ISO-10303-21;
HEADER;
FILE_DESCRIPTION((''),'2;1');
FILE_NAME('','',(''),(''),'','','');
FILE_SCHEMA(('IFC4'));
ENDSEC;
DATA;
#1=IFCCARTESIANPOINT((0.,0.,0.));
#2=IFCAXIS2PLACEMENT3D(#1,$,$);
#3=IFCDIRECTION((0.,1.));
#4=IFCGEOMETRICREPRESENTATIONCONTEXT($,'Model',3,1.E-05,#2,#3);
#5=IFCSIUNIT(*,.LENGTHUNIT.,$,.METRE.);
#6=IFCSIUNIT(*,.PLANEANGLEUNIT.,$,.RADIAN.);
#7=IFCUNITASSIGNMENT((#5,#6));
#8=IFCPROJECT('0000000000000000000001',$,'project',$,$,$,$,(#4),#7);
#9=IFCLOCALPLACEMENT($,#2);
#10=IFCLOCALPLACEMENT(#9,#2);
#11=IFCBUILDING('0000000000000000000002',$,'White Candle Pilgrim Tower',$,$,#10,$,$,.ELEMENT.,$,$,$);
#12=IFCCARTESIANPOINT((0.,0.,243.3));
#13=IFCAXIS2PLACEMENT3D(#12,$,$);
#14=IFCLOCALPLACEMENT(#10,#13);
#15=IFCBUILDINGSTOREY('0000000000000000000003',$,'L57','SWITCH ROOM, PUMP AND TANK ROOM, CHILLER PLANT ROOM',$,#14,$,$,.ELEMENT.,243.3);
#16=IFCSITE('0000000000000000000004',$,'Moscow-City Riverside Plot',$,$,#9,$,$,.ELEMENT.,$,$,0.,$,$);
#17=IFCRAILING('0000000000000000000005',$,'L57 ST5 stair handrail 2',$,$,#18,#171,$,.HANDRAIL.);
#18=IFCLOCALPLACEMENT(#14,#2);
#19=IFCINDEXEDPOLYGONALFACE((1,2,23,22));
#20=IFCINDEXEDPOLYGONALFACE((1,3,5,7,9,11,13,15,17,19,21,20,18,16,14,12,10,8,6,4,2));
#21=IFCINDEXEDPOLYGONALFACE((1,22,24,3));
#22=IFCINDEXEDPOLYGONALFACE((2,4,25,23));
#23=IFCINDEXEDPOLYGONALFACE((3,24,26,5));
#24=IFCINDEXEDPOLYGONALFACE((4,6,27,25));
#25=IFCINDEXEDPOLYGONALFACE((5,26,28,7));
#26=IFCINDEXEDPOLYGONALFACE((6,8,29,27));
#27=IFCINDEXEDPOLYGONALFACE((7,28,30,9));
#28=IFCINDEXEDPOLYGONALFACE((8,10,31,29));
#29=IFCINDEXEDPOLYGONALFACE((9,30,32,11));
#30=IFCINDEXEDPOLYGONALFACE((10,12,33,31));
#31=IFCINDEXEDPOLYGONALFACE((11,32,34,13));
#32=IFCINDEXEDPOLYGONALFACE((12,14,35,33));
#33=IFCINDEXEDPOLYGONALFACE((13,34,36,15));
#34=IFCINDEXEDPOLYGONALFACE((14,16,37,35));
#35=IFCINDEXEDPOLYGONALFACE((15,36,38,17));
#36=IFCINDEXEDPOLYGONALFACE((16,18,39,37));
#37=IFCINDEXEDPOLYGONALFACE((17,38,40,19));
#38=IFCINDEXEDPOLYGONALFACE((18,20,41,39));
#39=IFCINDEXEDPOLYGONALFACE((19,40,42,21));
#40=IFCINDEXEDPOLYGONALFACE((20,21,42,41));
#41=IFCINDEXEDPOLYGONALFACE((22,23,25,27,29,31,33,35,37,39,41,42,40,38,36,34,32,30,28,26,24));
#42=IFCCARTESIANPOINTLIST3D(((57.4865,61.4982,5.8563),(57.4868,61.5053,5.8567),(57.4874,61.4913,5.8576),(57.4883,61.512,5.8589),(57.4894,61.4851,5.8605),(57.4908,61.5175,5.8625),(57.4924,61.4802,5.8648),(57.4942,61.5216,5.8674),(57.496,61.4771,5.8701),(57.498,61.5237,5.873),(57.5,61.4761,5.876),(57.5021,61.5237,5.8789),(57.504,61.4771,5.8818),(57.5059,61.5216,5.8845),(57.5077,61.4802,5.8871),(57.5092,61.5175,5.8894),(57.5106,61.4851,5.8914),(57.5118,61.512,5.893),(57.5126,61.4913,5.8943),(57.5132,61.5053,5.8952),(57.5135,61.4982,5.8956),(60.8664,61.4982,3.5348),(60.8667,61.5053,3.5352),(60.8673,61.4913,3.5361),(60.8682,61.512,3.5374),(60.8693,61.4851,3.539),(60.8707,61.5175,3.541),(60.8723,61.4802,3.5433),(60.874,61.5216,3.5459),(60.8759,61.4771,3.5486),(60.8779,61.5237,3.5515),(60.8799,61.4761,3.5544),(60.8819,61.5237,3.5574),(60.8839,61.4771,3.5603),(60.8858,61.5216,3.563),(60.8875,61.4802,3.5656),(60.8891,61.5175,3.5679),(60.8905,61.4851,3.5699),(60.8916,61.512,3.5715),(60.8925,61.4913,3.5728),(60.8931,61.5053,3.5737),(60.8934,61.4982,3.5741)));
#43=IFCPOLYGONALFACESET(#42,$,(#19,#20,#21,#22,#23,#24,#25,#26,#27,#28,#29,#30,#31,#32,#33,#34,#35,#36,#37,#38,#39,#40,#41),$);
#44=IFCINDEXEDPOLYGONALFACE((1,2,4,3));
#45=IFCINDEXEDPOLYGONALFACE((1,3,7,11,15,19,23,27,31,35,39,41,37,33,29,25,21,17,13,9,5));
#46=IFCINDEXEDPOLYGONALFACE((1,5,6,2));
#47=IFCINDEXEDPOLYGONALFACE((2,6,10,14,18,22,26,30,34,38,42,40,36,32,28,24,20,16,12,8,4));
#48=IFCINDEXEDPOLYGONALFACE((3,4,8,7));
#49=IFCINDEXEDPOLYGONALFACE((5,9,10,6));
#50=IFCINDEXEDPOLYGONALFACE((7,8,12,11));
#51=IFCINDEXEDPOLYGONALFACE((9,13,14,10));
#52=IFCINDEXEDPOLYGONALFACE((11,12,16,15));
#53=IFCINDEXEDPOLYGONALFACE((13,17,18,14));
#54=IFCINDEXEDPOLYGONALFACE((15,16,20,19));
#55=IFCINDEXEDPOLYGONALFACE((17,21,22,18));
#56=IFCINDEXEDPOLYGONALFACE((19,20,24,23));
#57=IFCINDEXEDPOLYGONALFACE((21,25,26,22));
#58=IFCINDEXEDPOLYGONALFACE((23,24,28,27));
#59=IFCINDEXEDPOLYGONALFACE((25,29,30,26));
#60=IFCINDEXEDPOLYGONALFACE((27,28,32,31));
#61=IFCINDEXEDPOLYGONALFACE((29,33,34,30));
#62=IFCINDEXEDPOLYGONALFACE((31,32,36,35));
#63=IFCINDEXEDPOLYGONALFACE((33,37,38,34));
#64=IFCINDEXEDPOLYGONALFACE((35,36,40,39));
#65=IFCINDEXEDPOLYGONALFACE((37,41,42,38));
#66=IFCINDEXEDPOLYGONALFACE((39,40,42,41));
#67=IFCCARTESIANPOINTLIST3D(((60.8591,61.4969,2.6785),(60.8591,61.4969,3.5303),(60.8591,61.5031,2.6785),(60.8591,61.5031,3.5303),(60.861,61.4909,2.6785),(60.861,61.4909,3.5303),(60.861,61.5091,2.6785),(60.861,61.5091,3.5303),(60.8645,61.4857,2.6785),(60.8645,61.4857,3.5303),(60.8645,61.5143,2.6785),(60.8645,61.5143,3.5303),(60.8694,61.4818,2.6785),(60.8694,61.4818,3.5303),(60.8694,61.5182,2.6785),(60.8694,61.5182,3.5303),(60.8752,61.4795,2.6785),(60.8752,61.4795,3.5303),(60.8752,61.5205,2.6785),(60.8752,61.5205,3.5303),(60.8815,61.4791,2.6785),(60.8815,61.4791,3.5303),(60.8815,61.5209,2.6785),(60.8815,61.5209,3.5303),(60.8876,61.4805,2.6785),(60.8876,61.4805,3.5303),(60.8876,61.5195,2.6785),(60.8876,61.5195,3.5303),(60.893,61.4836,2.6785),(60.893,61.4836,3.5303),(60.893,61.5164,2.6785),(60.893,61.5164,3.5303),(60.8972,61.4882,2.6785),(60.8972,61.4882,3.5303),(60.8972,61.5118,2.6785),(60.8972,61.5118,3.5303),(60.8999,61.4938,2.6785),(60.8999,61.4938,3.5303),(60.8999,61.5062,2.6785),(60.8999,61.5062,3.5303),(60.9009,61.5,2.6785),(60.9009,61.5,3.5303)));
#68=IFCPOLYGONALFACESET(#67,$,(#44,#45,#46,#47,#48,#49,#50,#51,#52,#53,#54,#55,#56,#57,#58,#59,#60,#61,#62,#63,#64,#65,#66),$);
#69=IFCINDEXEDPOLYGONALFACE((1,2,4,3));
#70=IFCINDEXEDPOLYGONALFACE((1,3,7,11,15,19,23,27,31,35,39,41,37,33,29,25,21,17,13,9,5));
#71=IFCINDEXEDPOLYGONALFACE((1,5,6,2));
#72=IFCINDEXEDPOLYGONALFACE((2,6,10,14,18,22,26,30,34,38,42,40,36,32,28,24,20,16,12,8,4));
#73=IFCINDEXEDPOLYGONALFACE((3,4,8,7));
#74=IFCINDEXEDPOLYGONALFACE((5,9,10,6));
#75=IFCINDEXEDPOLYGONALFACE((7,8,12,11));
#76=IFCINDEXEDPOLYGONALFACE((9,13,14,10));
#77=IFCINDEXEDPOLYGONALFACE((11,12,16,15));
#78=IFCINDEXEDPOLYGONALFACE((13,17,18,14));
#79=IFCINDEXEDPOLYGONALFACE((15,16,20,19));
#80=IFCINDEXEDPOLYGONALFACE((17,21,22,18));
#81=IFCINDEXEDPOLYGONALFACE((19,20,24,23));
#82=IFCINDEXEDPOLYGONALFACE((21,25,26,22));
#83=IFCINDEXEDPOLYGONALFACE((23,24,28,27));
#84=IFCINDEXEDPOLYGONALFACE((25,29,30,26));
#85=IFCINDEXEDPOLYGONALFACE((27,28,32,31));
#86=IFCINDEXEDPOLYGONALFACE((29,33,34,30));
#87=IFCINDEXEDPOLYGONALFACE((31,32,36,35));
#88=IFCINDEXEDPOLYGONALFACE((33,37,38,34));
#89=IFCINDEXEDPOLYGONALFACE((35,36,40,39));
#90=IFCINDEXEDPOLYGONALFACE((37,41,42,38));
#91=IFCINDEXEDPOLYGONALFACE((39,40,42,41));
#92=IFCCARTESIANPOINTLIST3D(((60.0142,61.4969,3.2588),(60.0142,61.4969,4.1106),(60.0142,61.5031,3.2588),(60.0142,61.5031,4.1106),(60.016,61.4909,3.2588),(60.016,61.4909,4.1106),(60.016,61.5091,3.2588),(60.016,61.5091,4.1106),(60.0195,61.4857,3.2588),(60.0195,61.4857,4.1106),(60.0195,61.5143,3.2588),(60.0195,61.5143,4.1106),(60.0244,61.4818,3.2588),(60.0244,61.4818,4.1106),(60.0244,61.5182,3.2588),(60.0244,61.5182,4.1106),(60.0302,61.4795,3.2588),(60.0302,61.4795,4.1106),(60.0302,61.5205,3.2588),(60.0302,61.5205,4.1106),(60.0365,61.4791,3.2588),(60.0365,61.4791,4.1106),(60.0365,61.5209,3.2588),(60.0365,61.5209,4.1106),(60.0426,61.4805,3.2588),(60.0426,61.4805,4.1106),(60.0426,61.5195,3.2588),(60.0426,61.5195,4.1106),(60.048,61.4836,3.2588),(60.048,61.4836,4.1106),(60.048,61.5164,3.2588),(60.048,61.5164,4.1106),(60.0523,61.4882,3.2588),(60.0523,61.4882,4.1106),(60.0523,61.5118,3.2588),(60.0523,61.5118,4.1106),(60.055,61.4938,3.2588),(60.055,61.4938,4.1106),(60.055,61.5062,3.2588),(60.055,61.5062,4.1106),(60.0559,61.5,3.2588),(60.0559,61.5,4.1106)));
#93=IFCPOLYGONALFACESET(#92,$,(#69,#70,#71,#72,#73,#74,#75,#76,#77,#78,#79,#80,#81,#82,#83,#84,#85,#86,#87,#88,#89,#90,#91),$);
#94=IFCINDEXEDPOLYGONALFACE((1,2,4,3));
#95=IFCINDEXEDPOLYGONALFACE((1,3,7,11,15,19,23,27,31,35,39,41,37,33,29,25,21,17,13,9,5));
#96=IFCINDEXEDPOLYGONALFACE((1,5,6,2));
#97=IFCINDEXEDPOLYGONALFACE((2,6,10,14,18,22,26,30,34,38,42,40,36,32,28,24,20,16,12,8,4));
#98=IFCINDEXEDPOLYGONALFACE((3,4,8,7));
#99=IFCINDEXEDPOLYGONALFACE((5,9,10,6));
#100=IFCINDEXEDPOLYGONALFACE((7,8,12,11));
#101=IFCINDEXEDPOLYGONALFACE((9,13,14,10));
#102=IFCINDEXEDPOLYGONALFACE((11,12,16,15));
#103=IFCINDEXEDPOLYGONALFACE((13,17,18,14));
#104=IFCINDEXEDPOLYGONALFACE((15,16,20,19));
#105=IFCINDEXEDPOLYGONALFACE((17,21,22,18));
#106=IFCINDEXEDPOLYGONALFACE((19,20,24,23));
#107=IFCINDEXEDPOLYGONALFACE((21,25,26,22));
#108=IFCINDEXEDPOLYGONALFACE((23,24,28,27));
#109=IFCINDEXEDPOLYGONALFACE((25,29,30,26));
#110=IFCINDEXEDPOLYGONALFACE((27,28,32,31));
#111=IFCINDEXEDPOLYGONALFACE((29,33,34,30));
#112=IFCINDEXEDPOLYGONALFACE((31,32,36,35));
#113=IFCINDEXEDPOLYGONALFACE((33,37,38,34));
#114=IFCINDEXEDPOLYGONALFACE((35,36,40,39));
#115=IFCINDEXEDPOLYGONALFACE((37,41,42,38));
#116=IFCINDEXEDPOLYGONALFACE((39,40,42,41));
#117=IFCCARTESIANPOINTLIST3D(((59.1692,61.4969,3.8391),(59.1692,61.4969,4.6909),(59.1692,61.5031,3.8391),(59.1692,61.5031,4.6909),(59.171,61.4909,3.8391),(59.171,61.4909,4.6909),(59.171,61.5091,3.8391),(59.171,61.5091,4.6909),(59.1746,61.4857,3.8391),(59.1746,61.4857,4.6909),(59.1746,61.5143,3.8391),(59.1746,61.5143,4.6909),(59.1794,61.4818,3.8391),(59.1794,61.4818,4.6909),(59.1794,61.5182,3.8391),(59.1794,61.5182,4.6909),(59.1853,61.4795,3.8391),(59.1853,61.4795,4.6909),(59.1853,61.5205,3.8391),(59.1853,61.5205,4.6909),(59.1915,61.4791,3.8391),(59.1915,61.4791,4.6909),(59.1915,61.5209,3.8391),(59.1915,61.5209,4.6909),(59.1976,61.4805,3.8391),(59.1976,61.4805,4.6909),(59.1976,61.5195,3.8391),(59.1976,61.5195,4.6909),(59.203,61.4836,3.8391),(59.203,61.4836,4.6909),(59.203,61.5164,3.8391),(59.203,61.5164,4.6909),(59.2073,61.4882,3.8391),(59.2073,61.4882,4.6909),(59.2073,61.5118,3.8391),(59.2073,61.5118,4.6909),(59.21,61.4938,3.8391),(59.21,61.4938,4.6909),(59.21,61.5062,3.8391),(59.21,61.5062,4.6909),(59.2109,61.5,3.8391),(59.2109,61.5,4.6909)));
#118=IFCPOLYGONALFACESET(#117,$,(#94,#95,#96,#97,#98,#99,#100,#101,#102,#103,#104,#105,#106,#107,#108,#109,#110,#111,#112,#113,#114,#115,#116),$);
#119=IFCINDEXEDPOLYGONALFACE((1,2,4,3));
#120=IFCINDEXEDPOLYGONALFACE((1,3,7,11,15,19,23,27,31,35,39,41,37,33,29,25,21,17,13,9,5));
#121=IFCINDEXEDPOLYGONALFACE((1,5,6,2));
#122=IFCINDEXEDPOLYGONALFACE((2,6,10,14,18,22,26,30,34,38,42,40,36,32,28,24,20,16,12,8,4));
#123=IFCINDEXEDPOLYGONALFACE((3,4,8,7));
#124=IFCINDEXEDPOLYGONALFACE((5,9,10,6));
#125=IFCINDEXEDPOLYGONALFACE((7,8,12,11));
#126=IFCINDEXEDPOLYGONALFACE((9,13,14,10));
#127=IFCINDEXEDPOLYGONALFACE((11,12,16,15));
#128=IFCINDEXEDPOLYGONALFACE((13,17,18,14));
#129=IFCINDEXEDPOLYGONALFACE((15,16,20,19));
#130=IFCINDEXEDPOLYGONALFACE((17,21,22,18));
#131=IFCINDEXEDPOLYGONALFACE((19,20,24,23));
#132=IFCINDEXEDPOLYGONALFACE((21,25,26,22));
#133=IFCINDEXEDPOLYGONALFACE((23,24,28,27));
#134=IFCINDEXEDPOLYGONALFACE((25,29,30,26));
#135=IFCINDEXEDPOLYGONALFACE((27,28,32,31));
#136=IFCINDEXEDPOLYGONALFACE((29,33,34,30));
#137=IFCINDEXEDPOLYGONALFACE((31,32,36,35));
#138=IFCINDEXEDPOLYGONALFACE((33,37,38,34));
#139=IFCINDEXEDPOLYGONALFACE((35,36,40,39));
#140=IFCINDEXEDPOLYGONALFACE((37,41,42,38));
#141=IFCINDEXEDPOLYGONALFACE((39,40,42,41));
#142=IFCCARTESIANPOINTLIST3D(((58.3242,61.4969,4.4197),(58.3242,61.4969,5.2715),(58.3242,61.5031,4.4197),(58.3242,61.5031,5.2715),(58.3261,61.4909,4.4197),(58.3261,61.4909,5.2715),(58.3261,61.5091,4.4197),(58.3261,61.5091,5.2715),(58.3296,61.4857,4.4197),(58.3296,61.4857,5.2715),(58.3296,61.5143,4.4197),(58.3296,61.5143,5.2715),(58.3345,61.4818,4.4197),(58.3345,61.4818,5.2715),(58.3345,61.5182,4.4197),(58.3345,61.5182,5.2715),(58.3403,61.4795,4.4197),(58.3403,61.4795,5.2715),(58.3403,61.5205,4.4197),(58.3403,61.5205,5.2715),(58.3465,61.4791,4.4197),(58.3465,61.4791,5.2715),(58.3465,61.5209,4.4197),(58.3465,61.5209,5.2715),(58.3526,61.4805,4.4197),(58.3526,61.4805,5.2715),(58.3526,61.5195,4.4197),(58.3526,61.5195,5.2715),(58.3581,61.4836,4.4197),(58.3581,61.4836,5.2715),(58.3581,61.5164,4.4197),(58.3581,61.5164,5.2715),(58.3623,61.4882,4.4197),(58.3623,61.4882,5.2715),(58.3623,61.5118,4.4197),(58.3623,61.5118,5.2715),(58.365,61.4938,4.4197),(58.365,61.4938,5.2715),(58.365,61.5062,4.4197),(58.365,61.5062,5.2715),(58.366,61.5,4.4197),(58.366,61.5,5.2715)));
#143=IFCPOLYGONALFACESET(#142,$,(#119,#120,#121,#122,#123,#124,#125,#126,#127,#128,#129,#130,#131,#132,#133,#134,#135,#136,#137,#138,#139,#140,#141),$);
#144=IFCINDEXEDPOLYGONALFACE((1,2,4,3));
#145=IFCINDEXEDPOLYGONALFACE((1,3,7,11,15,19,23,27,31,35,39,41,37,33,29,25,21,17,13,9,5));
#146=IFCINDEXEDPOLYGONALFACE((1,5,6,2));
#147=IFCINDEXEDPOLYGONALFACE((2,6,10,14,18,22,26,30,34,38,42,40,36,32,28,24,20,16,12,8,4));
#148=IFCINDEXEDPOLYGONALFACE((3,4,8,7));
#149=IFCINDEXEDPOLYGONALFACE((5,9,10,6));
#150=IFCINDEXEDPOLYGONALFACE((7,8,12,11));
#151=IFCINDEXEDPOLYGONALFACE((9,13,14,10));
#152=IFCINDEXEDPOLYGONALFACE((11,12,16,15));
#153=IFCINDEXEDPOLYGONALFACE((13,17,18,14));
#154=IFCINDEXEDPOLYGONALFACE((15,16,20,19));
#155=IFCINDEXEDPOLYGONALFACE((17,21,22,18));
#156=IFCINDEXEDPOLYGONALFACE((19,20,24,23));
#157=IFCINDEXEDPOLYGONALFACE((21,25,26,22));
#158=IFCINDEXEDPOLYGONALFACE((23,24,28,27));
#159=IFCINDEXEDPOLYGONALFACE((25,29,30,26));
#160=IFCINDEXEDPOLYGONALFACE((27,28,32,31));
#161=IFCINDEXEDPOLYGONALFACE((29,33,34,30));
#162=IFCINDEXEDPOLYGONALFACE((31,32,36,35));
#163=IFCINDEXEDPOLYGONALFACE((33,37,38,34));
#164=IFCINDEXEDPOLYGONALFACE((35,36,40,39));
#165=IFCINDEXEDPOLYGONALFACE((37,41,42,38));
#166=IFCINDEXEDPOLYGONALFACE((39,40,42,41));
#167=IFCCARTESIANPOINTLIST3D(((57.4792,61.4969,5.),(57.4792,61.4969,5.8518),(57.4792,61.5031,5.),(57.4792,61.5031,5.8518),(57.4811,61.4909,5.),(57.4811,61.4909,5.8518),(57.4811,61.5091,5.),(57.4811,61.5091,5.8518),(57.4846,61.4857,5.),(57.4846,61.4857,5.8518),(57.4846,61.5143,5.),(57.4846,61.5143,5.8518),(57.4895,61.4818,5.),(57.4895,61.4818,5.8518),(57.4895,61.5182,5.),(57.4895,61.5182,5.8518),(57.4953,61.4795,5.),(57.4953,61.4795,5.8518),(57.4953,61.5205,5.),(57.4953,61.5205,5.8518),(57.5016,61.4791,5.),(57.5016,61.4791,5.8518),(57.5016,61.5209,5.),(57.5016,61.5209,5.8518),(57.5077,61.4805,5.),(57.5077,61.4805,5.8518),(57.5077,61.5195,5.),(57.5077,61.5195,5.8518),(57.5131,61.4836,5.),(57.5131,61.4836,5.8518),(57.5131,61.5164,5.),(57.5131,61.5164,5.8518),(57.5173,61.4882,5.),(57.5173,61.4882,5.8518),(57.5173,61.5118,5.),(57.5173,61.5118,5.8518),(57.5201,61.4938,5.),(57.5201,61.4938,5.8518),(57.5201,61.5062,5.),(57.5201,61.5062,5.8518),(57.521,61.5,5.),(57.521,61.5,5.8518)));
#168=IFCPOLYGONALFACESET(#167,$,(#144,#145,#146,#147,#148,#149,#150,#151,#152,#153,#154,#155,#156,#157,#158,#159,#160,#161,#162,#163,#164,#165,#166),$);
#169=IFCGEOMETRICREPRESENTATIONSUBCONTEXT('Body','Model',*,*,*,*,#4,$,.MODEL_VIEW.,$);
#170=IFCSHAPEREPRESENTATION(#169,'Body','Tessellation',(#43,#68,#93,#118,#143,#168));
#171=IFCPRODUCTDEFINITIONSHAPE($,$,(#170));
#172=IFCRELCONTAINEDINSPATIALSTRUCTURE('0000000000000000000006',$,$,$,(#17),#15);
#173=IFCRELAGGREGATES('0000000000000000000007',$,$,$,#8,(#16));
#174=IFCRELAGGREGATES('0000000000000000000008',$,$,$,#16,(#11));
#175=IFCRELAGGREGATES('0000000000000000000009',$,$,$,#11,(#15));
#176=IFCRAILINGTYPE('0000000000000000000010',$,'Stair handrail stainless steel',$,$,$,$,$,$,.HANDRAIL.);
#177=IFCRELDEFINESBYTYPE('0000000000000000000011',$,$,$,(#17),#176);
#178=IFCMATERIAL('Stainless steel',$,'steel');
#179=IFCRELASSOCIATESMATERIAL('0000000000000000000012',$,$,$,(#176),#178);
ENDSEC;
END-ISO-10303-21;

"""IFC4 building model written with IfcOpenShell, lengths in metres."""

from ifc_helpers import new_model, si_unit, direction, frame, origin, origin_2d, place, context, subcontext, project, spatial, circle, extrude, material, type_object, element, save


model = new_model("IFC4")

# Units and contexts
model_context = context("Model", 3, precision=1e-05, world=origin(), true_north=direction((0.0, 1.0)))
body_context = subcontext(model_context, "Body", "Model", "MODEL_VIEW")
ifc_project = project(units=[si_unit("LENGTHUNIT", "METRE"), si_unit("PLANEANGLEUNIT", "RADIAN")], contexts=[model_context])

# Site, building, storey
site_placement = place(None, origin())
site = spatial("IfcSite", under=ifc_project, at=site_placement, Name="Moscow-City Riverside Plot", CompositionType="ELEMENT", RefElevation=0.0)
building_placement = place(site_placement, origin())
building = spatial("IfcBuilding", under=site, at=building_placement, Name="White Candle Pilgrim Tower", CompositionType="ELEMENT")
storey_placement = place(building_placement, frame((0.0, 0.0, 243.3)))
storey = spatial("IfcBuildingStorey", under=building, at=storey_placement, Name="L57", Description="SWITCH ROOM, PUMP AND TANK ROOM, CHILLER PLANT ROOM", CompositionType="ELEMENT", Elevation=243.3)

# Railing
ifc_material_1 = material(Name="Stainless steel", Category="steel")
railing_type_1 = type_object("IfcRailingType", Name="Stair handrail stainless steel", PredefinedType="HANDRAIL", material=ifc_material_1)
railing_1_placement = place(storey_placement, frame((60.8799, 61.5, 2.6785)))
element("IfcRailing", 1, at=railing_1_placement, inside=storey, type_object=railing_type_1, Name="L57 ST5 stair handrail 2", PredefinedType="HANDRAIL", context=body_context, shape_type="SweptSolid", body=[
    extrude(circle(Radius=0.0239, at=origin_2d()), frame((0.0, 0.0, 0.876), z_axis=(-0.824285, 0.0, 0.566175), x_axis=(0.0, -1.0, 0.0)), (0.0, 0.0, 1.0), 4.1003),
    extrude(circle(Radius=0.021, at=origin_2d()), origin(), (0.0, 0.0, 1.0), 0.8518),
    extrude(circle(Radius=0.021, at=origin_2d()), frame((-0.845, 0.0, 0.5803)), (0.0, 0.0, 1.0), 0.8518),
    extrude(circle(Radius=0.021, at=origin_2d()), frame((-1.6899, 0.0, 1.1606)), (0.0, 0.0, 1.0), 0.8518),
    extrude(circle(Radius=0.021, at=origin_2d()), frame((-2.5349, 0.0, 1.7412)), (0.0, 0.0, 1.0), 0.8518),
    extrude(circle(Radius=0.021, at=origin_2d()), frame((-3.3799, 0.0, 2.3215)), (0.0, 0.0, 1.0), 0.8518),
])

save(model, "model.ifc")
